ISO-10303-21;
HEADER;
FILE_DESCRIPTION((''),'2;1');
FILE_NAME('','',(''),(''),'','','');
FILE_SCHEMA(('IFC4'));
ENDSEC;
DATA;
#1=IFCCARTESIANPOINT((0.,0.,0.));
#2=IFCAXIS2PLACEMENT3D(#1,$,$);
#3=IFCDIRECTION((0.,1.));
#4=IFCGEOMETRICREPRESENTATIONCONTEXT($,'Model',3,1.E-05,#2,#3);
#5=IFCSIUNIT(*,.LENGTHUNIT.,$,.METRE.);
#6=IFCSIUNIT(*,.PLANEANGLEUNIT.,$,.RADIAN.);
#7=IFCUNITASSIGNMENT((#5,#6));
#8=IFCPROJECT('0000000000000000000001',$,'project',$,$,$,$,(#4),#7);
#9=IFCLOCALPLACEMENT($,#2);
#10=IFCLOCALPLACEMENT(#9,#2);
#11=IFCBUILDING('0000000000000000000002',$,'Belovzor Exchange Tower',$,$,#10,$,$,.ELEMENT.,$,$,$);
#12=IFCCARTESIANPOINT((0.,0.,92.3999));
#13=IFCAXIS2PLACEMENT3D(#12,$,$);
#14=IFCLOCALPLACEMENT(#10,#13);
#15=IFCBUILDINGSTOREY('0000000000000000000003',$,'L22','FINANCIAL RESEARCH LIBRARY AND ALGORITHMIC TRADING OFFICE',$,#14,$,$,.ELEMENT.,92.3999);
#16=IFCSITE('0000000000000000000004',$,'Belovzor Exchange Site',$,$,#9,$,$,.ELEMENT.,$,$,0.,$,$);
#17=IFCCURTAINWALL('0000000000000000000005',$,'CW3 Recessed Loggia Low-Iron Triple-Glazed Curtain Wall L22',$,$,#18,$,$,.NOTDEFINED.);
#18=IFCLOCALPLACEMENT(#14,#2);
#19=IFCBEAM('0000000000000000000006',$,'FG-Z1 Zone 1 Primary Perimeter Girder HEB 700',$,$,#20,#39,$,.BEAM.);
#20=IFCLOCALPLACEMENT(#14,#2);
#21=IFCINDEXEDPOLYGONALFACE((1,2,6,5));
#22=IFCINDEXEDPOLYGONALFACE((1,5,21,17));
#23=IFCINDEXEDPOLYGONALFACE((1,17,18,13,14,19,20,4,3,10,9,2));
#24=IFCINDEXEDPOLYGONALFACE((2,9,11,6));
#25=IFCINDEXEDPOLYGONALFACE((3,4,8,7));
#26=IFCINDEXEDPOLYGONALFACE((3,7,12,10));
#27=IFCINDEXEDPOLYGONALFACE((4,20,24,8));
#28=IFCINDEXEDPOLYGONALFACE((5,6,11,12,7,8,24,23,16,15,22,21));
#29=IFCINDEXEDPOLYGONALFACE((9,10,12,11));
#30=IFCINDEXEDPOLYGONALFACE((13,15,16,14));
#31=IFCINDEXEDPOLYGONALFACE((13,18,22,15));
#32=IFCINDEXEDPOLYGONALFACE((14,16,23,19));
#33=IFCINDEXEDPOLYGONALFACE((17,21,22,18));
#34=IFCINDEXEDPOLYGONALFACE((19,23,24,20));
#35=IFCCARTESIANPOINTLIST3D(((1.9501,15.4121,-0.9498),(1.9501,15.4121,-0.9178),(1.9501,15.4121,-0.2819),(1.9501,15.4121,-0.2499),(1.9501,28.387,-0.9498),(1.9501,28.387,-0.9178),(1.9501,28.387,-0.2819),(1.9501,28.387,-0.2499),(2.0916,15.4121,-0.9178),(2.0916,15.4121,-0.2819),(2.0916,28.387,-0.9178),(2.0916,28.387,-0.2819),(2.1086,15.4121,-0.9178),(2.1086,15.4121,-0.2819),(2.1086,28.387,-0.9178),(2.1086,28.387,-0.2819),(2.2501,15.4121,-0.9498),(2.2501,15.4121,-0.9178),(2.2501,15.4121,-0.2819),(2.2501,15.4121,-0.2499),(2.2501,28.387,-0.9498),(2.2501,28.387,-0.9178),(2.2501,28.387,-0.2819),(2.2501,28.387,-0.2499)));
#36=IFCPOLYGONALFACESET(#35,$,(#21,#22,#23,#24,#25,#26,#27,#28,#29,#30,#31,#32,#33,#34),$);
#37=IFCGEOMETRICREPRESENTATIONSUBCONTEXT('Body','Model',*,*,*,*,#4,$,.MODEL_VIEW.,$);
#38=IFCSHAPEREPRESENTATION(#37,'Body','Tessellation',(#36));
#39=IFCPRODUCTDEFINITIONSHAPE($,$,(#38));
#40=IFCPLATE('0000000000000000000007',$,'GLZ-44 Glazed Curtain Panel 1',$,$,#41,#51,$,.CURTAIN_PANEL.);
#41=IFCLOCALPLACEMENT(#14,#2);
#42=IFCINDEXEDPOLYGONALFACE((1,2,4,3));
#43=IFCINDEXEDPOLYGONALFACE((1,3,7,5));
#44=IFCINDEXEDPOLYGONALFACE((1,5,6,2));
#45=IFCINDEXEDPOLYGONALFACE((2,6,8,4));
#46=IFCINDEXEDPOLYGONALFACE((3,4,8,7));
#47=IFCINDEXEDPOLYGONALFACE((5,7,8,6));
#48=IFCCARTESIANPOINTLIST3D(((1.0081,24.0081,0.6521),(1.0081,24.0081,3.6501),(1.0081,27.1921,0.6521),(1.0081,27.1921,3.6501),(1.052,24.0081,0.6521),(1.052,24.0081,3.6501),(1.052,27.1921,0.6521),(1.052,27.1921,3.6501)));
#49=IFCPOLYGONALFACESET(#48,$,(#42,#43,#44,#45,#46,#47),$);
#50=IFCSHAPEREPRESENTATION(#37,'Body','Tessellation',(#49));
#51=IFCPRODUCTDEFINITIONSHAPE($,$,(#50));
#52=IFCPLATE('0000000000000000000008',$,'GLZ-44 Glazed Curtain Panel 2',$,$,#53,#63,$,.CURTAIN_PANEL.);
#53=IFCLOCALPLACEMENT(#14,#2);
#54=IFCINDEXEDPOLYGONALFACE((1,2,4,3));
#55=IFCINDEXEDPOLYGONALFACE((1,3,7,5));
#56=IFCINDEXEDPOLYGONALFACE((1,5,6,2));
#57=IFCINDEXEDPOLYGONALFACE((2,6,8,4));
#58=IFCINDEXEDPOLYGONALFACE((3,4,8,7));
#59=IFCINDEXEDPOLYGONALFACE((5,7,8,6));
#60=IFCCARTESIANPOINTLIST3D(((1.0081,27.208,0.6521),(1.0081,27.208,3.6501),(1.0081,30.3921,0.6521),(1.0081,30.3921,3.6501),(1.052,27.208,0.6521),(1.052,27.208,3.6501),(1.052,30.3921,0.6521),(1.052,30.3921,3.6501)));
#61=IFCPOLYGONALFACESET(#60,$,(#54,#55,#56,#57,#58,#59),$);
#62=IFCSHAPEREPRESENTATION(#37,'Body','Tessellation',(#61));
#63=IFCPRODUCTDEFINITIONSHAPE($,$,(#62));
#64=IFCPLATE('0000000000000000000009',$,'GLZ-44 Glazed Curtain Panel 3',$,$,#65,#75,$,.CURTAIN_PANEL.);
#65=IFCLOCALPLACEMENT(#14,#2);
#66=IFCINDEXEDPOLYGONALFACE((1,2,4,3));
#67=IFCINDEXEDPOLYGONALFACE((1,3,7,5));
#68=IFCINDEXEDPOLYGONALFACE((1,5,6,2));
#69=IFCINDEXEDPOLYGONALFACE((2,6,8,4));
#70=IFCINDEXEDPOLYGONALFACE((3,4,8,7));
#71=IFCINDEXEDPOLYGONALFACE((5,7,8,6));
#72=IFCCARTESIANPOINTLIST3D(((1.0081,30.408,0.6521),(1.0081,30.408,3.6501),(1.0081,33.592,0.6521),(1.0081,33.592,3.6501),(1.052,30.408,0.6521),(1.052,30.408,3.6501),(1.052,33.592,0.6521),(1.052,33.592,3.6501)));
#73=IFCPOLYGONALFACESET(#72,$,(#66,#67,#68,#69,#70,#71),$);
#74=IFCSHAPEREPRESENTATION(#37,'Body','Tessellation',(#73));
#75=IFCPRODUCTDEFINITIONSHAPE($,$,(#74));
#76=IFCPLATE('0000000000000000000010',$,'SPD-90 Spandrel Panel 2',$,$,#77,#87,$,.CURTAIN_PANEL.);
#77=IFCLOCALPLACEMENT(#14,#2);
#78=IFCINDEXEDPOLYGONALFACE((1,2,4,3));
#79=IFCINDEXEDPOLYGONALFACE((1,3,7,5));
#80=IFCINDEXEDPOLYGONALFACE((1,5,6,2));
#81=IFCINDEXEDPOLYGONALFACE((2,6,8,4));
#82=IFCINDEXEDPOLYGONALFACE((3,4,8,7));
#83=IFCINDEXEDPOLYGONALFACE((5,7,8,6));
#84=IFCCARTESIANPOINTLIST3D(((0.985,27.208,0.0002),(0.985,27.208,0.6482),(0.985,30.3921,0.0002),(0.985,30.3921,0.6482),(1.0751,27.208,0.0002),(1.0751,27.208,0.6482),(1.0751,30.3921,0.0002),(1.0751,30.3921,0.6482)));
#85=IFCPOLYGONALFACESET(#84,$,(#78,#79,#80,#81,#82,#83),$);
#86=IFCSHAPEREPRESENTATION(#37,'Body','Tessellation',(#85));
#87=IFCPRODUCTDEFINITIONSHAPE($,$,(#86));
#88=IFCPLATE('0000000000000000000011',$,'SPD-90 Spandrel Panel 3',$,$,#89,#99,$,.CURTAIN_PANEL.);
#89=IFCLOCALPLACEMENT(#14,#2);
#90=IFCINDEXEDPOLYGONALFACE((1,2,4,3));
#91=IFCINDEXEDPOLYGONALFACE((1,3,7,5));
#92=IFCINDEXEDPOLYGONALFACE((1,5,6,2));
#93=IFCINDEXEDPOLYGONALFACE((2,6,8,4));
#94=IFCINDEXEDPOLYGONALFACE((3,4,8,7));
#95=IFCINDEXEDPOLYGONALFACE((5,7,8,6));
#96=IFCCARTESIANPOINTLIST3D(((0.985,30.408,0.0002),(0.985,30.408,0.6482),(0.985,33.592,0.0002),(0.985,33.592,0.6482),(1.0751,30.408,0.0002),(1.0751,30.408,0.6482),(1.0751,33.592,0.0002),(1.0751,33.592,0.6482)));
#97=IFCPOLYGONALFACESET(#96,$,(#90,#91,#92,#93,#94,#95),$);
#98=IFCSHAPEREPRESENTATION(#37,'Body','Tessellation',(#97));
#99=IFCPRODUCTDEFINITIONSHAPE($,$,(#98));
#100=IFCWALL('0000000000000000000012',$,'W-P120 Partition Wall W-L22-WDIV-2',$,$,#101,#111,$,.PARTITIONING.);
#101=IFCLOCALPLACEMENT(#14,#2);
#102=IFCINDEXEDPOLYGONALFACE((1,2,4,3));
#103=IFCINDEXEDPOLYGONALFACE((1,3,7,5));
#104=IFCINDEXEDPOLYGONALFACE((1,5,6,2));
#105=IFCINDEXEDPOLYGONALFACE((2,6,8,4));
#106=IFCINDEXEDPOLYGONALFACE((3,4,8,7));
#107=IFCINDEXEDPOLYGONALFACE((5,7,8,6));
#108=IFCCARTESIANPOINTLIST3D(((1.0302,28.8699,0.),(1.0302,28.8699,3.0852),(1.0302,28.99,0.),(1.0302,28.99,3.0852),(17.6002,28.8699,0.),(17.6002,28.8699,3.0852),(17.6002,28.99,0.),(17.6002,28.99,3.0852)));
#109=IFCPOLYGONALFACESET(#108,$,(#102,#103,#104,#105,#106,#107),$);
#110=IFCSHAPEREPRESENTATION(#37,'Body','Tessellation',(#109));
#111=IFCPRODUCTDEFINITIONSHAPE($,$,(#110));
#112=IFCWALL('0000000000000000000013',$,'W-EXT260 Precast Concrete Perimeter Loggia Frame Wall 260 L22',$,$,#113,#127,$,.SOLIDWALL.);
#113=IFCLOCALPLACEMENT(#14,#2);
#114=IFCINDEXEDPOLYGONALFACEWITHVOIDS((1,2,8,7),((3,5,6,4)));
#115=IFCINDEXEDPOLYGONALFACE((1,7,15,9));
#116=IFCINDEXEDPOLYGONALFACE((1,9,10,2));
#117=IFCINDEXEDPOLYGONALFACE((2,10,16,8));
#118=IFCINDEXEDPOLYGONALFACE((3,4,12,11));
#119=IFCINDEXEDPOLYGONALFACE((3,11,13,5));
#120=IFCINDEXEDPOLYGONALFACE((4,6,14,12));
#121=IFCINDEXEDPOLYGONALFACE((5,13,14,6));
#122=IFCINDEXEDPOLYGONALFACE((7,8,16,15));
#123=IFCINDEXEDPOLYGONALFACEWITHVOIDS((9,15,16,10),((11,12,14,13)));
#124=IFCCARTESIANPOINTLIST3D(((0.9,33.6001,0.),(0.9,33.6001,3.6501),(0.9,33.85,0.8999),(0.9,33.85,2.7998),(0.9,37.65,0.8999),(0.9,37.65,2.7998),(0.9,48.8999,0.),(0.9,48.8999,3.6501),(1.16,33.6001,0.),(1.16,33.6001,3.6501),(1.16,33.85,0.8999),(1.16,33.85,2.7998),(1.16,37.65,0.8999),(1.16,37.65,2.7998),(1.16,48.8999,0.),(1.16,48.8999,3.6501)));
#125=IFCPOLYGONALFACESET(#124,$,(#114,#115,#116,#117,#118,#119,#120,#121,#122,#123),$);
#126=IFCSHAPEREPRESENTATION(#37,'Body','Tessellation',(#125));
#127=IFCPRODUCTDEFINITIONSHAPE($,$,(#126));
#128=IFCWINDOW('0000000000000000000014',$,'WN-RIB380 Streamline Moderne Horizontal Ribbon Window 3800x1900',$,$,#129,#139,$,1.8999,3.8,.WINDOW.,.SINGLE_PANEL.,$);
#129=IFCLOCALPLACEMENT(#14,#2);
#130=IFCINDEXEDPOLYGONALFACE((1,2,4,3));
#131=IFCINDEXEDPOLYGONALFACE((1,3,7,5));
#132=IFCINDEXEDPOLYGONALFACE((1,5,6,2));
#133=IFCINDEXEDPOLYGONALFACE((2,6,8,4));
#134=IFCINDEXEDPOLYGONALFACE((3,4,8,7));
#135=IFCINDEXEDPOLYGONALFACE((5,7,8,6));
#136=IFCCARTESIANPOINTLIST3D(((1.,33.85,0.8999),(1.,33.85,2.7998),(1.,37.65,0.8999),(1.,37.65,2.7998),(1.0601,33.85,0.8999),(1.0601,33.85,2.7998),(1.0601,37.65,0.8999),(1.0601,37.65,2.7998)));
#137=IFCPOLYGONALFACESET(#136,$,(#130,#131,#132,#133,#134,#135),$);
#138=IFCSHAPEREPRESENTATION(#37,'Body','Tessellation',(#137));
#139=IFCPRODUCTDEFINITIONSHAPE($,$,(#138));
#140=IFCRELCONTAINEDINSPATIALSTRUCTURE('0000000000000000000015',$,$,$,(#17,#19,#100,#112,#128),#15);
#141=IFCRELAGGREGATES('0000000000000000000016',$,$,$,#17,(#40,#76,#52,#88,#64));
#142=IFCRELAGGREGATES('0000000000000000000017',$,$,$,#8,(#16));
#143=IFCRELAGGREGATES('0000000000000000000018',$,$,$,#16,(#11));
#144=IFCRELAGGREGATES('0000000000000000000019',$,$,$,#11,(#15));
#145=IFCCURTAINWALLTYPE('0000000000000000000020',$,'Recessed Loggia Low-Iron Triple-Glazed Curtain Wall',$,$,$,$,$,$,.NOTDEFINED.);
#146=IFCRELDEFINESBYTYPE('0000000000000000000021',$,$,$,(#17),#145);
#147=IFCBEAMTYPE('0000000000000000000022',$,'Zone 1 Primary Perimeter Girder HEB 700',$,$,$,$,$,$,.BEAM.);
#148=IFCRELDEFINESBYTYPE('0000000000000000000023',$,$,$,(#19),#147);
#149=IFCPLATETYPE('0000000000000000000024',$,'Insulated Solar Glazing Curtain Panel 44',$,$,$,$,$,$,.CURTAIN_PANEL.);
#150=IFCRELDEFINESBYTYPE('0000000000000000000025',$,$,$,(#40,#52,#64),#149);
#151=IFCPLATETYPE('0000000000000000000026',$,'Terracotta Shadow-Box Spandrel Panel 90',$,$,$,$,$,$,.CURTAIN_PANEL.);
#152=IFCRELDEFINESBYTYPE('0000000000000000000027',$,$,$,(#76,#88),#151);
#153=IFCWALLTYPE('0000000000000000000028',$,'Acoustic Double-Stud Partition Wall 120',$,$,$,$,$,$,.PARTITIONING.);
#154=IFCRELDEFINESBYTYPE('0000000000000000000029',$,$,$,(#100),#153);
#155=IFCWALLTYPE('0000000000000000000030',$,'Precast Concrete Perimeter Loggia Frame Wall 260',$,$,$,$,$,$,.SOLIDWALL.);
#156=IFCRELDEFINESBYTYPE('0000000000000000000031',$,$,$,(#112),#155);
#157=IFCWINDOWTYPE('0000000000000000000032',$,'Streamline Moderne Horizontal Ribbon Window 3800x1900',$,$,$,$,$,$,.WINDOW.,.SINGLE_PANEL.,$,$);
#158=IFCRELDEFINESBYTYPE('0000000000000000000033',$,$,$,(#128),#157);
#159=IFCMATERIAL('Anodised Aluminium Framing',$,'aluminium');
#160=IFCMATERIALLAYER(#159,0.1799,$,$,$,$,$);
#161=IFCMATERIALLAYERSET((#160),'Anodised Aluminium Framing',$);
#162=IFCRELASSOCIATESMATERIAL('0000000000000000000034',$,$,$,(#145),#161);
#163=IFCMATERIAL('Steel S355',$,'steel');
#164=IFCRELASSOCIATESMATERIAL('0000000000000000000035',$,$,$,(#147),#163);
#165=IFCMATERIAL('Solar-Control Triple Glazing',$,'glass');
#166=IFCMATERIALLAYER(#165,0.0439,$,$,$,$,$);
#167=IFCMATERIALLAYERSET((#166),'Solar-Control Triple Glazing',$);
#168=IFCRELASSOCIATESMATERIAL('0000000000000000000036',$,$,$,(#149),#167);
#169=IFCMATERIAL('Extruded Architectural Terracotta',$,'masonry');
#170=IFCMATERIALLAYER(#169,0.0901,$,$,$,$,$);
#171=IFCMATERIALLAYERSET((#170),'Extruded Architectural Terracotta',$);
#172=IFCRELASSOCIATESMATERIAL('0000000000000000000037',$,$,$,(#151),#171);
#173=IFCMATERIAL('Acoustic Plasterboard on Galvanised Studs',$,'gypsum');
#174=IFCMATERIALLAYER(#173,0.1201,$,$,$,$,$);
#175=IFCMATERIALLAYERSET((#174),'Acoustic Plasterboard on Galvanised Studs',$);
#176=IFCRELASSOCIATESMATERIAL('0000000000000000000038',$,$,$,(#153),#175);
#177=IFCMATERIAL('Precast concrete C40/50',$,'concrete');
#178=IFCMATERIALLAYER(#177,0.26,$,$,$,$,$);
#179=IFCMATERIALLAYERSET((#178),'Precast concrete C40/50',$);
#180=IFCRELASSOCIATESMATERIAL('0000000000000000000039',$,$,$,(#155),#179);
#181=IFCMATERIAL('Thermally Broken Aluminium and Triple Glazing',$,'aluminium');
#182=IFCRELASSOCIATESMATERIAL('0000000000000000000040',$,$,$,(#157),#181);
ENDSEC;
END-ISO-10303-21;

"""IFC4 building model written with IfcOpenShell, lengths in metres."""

from ifc_helpers import new_model, si_unit, direction, frame, frame_2d, origin, origin_2d, place, context, subcontext, project, spatial, rectangle, i_section, extrude, material, layer, layer_set, material_profile, profile_set, type_object, element, fill, aggregate, save


model = new_model("IFC4")

# Units and contexts
model_context = context("Model", 3, precision=1e-05, world=origin(), true_north=direction((0.0, 1.0)))
body_context = subcontext(model_context, "Body", "Model", "MODEL_VIEW")
ifc_project = project(units=[si_unit("LENGTHUNIT", "METRE"), si_unit("PLANEANGLEUNIT", "RADIAN")], contexts=[model_context])

# Site, building, storey
site_placement = place(None, origin())
site = spatial("IfcSite", under=ifc_project, at=site_placement, Name="Belovzor Exchange Site", CompositionType="ELEMENT", RefElevation=0.0)
building_placement = place(site_placement, origin())
building = spatial("IfcBuilding", under=site, at=building_placement, Name="Belovzor Exchange Tower", CompositionType="ELEMENT")
storey_placement = place(building_placement, frame((0.0, 0.0, 92.3999)))
storey = spatial("IfcBuildingStorey", under=building, at=storey_placement, Name="L22", Description="FINANCIAL RESEARCH LIBRARY AND ALGORITHMIC TRADING OFFICE", CompositionType="ELEMENT", Elevation=92.3999)

# Curtain wall
ifc_material_1 = material(Name="Anodised Aluminium Framing", Category="aluminium")
ifc_layer_1 = layer(ifc_material_1, 0.1799)
ifc_layer_set_1 = layer_set([ifc_layer_1], Name="Anodised Aluminium Framing")
curtain_wall_type = type_object("IfcCurtainWallType", Name="Recessed Loggia Low-Iron Triple-Glazed Curtain Wall", PredefinedType="NOTDEFINED", material=ifc_layer_set_1)
curtain_wall_placement = place(storey_placement, origin())
curtain_wall = element("IfcCurtainWall", 1, at=curtain_wall_placement, inside=storey, type_object=curtain_wall_type, Name="CW3 Recessed Loggia Low-Iron Triple-Glazed Curtain Wall L22", PredefinedType="NOTDEFINED")

# Beam
ifc_material_2 = material(Name="Steel S355", Category="steel")
ifc_material_profile_1 = material_profile(ifc_material_2, i_section(OverallWidth=0.3, OverallDepth=0.7, WebThickness=0.0171, FlangeThickness=0.032, at=origin_2d()))
ifc_profile_set_1 = profile_set([ifc_material_profile_1], Name="Steel S355")
beam_type_1 = type_object("IfcBeamType", Name="Zone 1 Primary Perimeter Girder HEB 700", PredefinedType="BEAM", material=ifc_profile_set_1)
beam_1_placement = place(storey_placement, frame((2.1001, 28.387, -0.5999), z_axis=(0.0, -1.0, 0.0), x_axis=(1.0, 0.0, 0.0)))
element("IfcBeam", 2, at=beam_1_placement, inside=storey, type_object=beam_type_1, Name="FG-Z1 Zone 1 Primary Perimeter Girder HEB 700", PredefinedType="BEAM", context=body_context, shape_type="SweptSolid", body=[
    extrude(i_section(OverallWidth=0.3, OverallDepth=0.7, WebThickness=0.0171, FlangeThickness=0.032, at=origin_2d()), origin(), (0.0, 0.0, 1.0), 12.9749),
])

# Plates
ifc_material_3 = material(Name="Solar-Control Triple Glazing", Category="glass")
ifc_layer_2 = layer(ifc_material_3, 0.0439)
ifc_layer_set_2 = layer_set([ifc_layer_2], Name="Solar-Control Triple Glazing")
plate_type_1 = type_object("IfcPlateType", Name="Insulated Solar Glazing Curtain Panel 44", PredefinedType="CURTAIN_PANEL", material=ifc_layer_set_2)
plate_1_placement = place(storey_placement, frame((1.03, 25.6001, 0.6521), z_axis=(0.0, 0.0, 1.0), x_axis=(0.0, 1.0, 0.0)))
plate_1 = element("IfcPlate", 3, at=plate_1_placement, type_object=plate_type_1, Name="GLZ-44 Glazed Curtain Panel 1", PredefinedType="CURTAIN_PANEL", context=body_context, shape_type="SweptSolid", body=[
    extrude(rectangle(XDim=3.1841, YDim=0.0439, at=origin_2d()), origin(), (0.0, 0.0, 1.0), 2.998),
])
plate_2_placement = place(storey_placement, frame((1.03, 28.8, 0.6521), z_axis=(0.0, 0.0, 1.0), x_axis=(0.0, 1.0, 0.0)))
plate_2 = element("IfcPlate", 4, at=plate_2_placement, type_object=plate_type_1, Name="GLZ-44 Glazed Curtain Panel 2", PredefinedType="CURTAIN_PANEL", context=body_context, shape_type="SweptSolid", body=[
    extrude(rectangle(XDim=3.1841, YDim=0.0439, at=origin_2d()), origin(), (0.0, 0.0, 1.0), 2.998),
])
plate_3_placement = place(storey_placement, frame((1.03, 32.0, 0.6521), z_axis=(0.0, 0.0, 1.0), x_axis=(0.0, 1.0, 0.0)))
plate_3 = element("IfcPlate", 5, at=plate_3_placement, type_object=plate_type_1, Name="GLZ-44 Glazed Curtain Panel 3", PredefinedType="CURTAIN_PANEL", context=body_context, shape_type="SweptSolid", body=[
    extrude(rectangle(XDim=3.1841, YDim=0.0439, at=origin_2d()), origin(), (0.0, 0.0, 1.0), 2.998),
])
ifc_material_4 = material(Name="Extruded Architectural Terracotta", Category="masonry")
ifc_layer_3 = layer(ifc_material_4, 0.0901)
ifc_layer_set_3 = layer_set([ifc_layer_3], Name="Extruded Architectural Terracotta")
plate_type_2 = type_object("IfcPlateType", Name="Terracotta Shadow-Box Spandrel Panel 90", PredefinedType="CURTAIN_PANEL", material=ifc_layer_set_3)
plate_4_placement = place(storey_placement, frame((1.03, 28.8, 0.0002), z_axis=(0.0, 0.0, 1.0), x_axis=(0.0, 1.0, 0.0)))
plate_4 = element("IfcPlate", 6, at=plate_4_placement, type_object=plate_type_2, Name="SPD-90 Spandrel Panel 2", PredefinedType="CURTAIN_PANEL", context=body_context, shape_type="SweptSolid", body=[
    extrude(rectangle(XDim=3.1841, YDim=0.0901, at=origin_2d()), origin(), (0.0, 0.0, 1.0), 0.6479),
])
plate_5_placement = place(storey_placement, frame((1.03, 32.0, 0.0002), z_axis=(0.0, 0.0, 1.0), x_axis=(0.0, 1.0, 0.0)))
plate_5 = element("IfcPlate", 7, at=plate_5_placement, type_object=plate_type_2, Name="SPD-90 Spandrel Panel 3", PredefinedType="CURTAIN_PANEL", context=body_context, shape_type="SweptSolid", body=[
    extrude(rectangle(XDim=3.1841, YDim=0.0901, at=origin_2d()), origin(), (0.0, 0.0, 1.0), 0.6479),
])
aggregate(curtain_wall, [plate_1, plate_4, plate_2, plate_5, plate_3])

# Wall
ifc_material_5 = material(Name="Acoustic Plasterboard on Galvanised Studs", Category="gypsum")
ifc_layer_4 = layer(ifc_material_5, 0.1201)
ifc_layer_set_4 = layer_set([ifc_layer_4], Name="Acoustic Plasterboard on Galvanised Studs")
wall_type_1 = type_object("IfcWallType", Name="Acoustic Double-Stud Partition Wall 120", PredefinedType="PARTITIONING", material=ifc_layer_set_4)
wall_1_placement = place(storey_placement, frame((1.03, 28.9299, 0.0), z_axis=(0.0, 0.0, 1.0), x_axis=(1.0, 0.0, 0.0)))
element("IfcWall", 8, at=wall_1_placement, inside=storey, type_object=wall_type_1, Name="W-P120 Partition Wall W-L22-WDIV-2", PredefinedType="PARTITIONING", context=body_context, shape_type="SweptSolid", body=[
    extrude(rectangle(XDim=16.5701, YDim=0.1201, at=frame_2d((8.2852, 0.0))), origin(), (0.0, 0.0, 1.0), 3.0852),
])

# Wall, opening, window
ifc_material_6 = material(Name="Precast concrete C40/50", Category="concrete")
ifc_layer_5 = layer(ifc_material_6, 0.26)
ifc_layer_set_5 = layer_set([ifc_layer_5], Name="Precast concrete C40/50")
wall_type_2 = type_object("IfcWallType", Name="Precast Concrete Perimeter Loggia Frame Wall 260", PredefinedType="SOLIDWALL", material=ifc_layer_set_5)
wall_2_placement = place(storey_placement, frame((1.03, 33.6001, 0.0), z_axis=(0.0, 0.0, 1.0), x_axis=(0.0, 1.0, 0.0)))
wall_2 = element("IfcWall", 9, at=wall_2_placement, inside=storey, type_object=wall_type_2, Name="W-EXT260 Precast Concrete Perimeter Loggia Frame Wall 260 L22", PredefinedType="SOLIDWALL", context=body_context, shape_type="SweptSolid", body=[
    extrude(rectangle(XDim=15.2998, YDim=0.26, at=frame_2d((7.6499, 0.0))), origin(), (0.0, 0.0, 1.0), 3.6501),
])
opening_placement = place(wall_2_placement, frame((0.25, 0.0, 0.8999)))
opening = element("IfcOpeningElement", 10, at=opening_placement, cuts=wall_2, PredefinedType="OPENING", context=body_context, shape_type="SweptSolid", body=[
    extrude(rectangle(XDim=3.8, YDim=1.8999, at=frame_2d((1.8999, 0.95))), frame((0.0, 0.1399, 0.0), z_axis=(0.0, -1.0, 0.0), x_axis=(1.0, 0.0, 0.0)), (0.0, 0.0, 1.0), 0.28),
])
ifc_material_7 = material(Name="Thermally Broken Aluminium and Triple Glazing", Category="aluminium")
window_type = type_object("IfcWindowType", Name="Streamline Moderne Horizontal Ribbon Window 3800x1900", PartitioningType="SINGLE_PANEL", PredefinedType="WINDOW", material=ifc_material_7)
window_placement = place(opening_placement, origin())
window = element("IfcWindow", 11, at=window_placement, inside=storey, type_object=window_type, Name="WN-RIB380 Streamline Moderne Horizontal Ribbon Window 3800x1900", OverallHeight=1.8999, OverallWidth=3.8, PartitioningType="SINGLE_PANEL", PredefinedType="WINDOW", context=body_context, shape_type="SweptSolid", body=[
    extrude(rectangle(XDim=3.8, YDim=1.8999, at=frame_2d((1.8999, 0.95))), frame((0.0, 0.03, 0.0), z_axis=(0.0, -1.0, 0.0), x_axis=(1.0, 0.0, 0.0)), (0.0, 0.0, 1.0), 0.0601),
])
fill(opening, window)

save(model, "model.ifc")
